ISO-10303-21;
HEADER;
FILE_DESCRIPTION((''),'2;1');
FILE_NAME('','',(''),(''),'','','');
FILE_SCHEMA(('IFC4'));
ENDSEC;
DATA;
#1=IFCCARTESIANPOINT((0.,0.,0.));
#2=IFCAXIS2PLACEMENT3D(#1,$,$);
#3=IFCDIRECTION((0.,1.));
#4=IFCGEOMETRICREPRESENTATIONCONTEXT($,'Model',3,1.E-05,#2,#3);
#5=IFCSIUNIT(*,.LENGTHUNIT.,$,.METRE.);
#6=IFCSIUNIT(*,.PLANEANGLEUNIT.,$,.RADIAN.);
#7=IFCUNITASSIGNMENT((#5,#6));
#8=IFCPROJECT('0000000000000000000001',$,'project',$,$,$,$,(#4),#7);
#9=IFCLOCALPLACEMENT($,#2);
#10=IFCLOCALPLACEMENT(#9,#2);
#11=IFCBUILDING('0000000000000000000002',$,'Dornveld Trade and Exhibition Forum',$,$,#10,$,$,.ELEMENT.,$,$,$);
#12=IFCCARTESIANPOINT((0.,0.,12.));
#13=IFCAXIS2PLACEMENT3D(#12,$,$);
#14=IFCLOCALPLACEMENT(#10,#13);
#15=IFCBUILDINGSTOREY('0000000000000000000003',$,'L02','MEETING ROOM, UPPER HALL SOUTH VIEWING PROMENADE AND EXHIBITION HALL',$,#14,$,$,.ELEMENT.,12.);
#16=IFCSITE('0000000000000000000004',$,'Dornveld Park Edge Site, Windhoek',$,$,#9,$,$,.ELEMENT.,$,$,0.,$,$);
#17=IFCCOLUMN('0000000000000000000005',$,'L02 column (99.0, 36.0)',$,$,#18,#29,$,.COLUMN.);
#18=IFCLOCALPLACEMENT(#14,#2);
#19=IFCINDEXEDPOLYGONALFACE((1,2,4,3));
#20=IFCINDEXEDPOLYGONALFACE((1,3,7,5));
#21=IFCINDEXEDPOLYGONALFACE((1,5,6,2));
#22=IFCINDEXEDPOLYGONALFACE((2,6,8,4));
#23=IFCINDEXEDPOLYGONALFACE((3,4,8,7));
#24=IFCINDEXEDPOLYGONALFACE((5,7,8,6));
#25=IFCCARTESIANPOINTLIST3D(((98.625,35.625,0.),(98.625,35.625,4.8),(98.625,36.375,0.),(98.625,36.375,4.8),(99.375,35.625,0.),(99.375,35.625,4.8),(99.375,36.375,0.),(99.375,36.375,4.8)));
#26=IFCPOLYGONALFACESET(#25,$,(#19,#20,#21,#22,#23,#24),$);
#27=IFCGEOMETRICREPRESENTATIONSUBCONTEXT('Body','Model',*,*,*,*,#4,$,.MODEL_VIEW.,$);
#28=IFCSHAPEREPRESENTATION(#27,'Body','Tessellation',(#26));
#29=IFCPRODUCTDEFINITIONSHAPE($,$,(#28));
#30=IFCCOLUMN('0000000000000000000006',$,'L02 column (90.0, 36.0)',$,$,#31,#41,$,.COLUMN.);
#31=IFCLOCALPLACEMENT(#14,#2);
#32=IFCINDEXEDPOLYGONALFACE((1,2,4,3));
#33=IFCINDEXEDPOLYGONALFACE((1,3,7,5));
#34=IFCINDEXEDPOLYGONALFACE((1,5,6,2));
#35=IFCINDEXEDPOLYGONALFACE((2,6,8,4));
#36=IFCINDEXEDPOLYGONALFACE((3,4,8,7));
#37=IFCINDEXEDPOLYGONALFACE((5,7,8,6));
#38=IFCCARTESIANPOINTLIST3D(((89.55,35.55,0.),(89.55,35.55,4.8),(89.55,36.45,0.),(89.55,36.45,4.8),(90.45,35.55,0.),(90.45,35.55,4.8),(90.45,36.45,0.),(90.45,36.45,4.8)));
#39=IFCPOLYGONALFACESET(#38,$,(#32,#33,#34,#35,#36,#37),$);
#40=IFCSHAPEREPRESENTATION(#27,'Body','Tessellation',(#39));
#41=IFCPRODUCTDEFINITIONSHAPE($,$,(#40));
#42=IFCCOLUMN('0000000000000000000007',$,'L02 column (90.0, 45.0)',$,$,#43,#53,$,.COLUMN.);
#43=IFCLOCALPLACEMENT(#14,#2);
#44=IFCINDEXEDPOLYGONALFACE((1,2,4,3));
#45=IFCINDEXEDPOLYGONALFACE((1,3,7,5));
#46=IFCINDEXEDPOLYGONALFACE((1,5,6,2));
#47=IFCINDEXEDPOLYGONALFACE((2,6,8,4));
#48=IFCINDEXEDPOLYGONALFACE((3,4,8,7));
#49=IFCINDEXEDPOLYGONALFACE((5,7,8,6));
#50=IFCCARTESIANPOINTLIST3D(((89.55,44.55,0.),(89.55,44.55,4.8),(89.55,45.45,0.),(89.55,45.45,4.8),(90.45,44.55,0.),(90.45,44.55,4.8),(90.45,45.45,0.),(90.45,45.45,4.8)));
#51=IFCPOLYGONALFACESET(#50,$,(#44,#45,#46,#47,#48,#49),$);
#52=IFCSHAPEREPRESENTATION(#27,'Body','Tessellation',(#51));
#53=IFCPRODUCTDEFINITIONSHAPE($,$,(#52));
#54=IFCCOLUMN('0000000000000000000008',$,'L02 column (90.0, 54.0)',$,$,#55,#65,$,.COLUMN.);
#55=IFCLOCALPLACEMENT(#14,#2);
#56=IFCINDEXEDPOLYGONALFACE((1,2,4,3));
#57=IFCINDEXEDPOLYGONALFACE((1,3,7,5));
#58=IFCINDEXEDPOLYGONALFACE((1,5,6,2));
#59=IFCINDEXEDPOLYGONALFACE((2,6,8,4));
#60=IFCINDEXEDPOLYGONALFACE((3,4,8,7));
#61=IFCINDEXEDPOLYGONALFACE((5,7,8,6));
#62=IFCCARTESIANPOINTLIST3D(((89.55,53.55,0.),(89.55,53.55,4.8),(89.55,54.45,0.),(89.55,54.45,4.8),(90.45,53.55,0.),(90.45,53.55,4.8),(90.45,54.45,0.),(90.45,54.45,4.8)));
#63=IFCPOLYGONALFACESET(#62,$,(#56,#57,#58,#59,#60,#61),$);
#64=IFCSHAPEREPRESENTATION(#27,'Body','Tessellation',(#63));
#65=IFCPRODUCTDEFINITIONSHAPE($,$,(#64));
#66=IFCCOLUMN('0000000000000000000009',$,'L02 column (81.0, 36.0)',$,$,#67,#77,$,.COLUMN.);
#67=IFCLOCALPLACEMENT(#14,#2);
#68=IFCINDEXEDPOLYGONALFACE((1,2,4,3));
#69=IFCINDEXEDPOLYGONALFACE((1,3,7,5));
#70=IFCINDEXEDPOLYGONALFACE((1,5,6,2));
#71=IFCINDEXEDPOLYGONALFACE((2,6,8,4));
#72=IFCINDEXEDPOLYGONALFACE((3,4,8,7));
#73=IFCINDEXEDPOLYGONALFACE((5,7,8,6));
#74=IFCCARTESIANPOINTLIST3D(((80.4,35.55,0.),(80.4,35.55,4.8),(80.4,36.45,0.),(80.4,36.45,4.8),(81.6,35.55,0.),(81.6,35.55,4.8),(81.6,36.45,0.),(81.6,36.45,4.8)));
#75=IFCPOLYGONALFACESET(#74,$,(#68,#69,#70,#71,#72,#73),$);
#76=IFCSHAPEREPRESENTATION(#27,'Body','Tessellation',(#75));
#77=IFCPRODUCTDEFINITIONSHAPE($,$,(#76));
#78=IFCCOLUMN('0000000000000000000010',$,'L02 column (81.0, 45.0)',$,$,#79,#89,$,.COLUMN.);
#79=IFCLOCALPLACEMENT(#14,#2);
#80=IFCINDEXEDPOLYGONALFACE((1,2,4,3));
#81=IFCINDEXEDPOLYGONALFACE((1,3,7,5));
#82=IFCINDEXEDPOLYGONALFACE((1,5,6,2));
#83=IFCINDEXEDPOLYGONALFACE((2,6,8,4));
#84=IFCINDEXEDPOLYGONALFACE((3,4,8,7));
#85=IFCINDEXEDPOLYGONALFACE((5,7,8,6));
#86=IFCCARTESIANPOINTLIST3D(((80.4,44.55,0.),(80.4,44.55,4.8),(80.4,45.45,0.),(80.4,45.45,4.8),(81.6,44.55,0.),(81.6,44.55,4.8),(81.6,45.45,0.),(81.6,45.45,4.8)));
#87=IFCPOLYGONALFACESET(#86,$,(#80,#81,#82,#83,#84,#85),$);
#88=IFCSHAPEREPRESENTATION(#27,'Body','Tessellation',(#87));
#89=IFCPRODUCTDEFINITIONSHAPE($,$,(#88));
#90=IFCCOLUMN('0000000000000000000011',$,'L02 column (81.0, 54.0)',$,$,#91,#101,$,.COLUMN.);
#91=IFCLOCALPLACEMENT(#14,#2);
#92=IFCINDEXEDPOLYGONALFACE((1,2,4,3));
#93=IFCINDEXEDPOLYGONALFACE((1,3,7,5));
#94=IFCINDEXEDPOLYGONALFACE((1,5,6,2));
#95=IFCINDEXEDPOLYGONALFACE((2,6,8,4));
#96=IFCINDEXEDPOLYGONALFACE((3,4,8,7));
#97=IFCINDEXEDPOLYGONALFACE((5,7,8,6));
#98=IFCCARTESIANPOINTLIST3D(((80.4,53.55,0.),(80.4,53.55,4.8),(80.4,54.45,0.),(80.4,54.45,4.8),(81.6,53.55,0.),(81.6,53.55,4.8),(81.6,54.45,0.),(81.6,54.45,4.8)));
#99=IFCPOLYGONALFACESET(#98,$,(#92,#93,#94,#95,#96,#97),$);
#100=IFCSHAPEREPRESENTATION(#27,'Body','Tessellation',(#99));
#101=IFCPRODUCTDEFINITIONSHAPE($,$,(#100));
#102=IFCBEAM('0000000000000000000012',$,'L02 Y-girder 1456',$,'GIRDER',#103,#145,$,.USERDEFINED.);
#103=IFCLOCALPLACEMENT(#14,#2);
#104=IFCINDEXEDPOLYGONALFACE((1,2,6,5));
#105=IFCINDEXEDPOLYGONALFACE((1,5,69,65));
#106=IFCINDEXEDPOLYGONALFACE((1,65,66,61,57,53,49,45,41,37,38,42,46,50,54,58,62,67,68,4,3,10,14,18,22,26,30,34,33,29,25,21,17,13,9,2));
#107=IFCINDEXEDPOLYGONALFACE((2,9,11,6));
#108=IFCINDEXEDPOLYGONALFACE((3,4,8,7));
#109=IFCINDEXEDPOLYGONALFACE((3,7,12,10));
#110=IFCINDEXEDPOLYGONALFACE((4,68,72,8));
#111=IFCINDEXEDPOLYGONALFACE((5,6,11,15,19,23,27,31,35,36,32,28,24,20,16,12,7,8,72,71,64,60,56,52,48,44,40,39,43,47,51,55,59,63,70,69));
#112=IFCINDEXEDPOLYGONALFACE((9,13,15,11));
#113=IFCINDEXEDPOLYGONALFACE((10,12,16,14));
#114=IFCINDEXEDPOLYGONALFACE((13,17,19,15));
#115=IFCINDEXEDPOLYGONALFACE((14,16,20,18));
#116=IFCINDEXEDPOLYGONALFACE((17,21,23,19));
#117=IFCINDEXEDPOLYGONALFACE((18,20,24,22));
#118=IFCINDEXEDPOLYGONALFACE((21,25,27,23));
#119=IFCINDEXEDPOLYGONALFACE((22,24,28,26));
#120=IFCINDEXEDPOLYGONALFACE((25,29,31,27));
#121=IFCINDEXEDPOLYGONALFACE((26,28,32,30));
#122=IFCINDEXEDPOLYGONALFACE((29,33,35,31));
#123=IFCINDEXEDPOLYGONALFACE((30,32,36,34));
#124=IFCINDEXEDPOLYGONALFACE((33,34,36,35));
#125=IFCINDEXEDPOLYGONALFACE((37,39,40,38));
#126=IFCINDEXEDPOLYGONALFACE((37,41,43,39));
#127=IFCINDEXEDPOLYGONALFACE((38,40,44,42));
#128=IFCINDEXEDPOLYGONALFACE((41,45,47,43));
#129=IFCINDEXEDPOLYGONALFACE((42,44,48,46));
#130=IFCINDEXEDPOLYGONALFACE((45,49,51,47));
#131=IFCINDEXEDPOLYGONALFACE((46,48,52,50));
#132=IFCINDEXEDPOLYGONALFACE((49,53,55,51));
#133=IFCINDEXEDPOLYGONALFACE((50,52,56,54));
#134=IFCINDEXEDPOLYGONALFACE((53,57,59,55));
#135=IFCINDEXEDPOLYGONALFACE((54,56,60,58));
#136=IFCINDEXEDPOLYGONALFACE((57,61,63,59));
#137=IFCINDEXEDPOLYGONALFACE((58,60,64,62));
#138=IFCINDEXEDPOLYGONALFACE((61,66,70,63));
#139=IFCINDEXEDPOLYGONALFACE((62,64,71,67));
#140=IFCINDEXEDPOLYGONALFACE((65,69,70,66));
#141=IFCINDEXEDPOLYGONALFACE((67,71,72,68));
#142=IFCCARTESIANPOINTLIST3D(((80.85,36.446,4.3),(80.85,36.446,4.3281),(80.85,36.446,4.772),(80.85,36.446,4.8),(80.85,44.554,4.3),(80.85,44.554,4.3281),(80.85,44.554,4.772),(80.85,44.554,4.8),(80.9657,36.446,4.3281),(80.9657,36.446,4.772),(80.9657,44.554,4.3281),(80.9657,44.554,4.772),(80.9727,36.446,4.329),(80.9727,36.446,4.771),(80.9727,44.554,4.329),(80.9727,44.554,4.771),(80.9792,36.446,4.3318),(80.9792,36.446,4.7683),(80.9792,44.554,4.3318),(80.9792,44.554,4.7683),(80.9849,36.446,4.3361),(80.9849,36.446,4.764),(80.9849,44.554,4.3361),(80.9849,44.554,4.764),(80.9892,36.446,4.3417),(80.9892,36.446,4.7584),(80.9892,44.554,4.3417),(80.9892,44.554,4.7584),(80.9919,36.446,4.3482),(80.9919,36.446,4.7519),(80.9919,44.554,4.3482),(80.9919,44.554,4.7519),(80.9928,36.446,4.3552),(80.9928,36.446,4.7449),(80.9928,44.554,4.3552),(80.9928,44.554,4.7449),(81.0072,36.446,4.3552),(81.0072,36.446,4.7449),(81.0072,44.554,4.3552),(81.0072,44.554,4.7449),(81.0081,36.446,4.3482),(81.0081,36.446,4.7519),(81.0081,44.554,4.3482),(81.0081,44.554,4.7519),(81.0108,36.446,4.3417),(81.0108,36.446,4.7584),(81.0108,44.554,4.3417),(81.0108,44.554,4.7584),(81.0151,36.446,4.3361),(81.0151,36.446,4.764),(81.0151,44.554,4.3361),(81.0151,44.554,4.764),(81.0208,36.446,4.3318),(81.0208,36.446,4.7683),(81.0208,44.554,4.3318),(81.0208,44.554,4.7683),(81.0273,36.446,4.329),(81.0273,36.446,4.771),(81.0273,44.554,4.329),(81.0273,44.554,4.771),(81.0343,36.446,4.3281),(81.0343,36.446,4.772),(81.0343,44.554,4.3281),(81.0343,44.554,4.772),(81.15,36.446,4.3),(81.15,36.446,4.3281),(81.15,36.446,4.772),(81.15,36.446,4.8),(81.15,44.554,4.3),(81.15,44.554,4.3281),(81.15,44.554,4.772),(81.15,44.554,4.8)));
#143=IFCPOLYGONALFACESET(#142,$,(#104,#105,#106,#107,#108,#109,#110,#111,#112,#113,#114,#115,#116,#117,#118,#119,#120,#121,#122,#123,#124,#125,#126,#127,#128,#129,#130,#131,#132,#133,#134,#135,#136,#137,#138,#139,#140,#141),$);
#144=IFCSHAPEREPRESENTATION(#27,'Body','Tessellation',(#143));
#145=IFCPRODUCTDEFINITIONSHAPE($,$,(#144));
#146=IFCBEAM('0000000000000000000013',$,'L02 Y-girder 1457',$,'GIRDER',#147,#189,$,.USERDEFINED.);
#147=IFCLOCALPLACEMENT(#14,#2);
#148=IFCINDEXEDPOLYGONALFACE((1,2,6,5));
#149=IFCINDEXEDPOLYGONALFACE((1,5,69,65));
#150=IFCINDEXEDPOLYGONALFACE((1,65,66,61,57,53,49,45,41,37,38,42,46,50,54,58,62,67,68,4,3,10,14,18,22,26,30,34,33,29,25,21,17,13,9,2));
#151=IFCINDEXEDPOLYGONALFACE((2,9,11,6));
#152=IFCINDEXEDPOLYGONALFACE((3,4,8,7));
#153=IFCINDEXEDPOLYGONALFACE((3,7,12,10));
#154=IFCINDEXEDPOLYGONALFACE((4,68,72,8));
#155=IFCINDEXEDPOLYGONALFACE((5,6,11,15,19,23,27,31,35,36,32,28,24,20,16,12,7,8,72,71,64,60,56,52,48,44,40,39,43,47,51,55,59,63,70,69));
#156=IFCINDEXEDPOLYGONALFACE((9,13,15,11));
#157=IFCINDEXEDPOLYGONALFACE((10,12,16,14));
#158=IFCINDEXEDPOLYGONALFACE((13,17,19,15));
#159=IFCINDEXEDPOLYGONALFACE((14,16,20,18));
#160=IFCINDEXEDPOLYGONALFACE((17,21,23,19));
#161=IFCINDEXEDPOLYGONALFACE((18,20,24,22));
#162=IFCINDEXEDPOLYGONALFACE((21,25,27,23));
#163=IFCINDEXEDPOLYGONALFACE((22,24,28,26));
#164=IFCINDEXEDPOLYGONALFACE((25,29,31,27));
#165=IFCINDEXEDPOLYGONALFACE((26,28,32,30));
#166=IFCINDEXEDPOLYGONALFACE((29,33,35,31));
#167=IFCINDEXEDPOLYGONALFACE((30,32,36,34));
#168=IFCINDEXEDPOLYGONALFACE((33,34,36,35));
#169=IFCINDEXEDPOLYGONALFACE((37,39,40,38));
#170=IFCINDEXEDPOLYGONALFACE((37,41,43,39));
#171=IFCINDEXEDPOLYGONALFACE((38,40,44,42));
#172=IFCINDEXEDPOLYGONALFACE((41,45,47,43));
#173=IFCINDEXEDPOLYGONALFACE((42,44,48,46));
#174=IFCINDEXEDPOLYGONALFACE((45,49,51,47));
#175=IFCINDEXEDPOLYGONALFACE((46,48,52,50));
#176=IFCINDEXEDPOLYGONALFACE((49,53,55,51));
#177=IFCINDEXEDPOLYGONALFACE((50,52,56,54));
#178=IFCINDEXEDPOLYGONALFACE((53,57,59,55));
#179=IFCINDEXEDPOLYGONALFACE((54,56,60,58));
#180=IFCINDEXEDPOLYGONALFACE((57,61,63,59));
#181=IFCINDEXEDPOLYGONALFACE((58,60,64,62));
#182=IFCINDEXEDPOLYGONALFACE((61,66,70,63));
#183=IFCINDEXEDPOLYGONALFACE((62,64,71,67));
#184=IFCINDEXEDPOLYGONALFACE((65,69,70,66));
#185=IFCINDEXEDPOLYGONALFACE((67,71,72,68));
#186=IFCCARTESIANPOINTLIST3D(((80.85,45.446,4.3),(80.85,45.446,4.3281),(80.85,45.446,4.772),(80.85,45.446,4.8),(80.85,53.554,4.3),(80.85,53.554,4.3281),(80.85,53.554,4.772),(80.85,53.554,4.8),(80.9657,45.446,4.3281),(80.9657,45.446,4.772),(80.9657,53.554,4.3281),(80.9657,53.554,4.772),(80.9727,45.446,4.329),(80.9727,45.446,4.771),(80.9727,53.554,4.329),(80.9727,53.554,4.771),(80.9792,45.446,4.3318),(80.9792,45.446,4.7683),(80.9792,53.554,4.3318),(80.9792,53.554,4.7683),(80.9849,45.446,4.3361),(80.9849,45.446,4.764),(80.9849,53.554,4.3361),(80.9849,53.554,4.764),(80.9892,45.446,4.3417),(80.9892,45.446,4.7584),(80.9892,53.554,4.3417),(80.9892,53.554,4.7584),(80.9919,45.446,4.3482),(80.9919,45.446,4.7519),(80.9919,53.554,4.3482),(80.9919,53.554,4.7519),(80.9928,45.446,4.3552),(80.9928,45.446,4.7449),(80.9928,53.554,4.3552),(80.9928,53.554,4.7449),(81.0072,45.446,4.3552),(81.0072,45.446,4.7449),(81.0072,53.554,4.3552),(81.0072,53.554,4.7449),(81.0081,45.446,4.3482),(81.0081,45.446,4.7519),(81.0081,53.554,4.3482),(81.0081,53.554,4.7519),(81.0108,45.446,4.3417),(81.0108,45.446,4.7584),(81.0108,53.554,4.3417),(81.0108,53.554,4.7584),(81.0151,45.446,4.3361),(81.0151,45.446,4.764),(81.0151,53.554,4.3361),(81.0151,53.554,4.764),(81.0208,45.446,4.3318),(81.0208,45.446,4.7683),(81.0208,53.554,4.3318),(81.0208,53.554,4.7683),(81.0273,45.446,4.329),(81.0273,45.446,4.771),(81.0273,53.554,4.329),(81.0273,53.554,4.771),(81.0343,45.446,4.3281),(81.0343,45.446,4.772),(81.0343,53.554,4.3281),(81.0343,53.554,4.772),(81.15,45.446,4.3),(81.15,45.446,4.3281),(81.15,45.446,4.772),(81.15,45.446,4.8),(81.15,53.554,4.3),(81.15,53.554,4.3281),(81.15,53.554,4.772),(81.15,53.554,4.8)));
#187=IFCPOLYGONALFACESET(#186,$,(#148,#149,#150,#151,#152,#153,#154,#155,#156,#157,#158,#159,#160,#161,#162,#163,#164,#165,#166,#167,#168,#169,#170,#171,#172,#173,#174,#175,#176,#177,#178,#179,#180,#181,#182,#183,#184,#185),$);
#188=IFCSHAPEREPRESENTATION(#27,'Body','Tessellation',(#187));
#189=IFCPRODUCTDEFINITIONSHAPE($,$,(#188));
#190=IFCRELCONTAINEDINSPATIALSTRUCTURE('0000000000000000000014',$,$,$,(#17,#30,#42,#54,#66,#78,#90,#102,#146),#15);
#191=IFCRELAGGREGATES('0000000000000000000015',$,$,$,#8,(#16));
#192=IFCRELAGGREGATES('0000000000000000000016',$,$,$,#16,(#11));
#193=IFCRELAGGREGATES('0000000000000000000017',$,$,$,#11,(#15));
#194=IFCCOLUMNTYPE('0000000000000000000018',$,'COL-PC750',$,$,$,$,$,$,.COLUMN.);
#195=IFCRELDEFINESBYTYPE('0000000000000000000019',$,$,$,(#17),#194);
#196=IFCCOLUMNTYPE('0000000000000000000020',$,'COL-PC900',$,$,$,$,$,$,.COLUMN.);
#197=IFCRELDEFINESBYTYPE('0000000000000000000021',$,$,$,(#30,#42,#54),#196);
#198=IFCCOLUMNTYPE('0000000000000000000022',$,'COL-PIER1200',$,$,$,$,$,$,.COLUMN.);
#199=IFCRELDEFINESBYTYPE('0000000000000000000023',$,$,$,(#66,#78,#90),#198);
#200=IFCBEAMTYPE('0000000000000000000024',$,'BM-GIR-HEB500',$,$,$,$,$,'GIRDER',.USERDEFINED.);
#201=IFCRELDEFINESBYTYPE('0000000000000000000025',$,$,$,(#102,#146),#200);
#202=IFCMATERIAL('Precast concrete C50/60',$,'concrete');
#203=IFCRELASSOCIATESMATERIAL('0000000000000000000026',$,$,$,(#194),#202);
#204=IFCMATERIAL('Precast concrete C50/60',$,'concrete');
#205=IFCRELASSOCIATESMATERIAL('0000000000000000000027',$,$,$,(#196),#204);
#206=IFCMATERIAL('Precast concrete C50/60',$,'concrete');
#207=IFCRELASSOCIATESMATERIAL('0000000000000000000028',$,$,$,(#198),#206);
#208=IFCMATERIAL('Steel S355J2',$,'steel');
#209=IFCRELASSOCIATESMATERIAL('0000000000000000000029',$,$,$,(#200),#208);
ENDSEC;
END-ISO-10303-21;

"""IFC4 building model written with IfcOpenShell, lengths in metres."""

from ifc_helpers import new_model, si_unit, direction, frame, origin, origin_2d, place, context, subcontext, project, spatial, rectangle, i_section, extrude, material, material_profile, profile_set, type_object, element, save


model = new_model("IFC4")

# Units and contexts
model_context = context("Model", 3, precision=1e-05, world=origin(), true_north=direction((0.0, 1.0)))
body_context = subcontext(model_context, "Body", "Model", "MODEL_VIEW")
ifc_project = project(units=[si_unit("LENGTHUNIT", "METRE"), si_unit("PLANEANGLEUNIT", "RADIAN")], contexts=[model_context])

# Site, building, storey
site_placement = place(None, origin())
site = spatial("IfcSite", under=ifc_project, at=site_placement, Name="Dornveld Park Edge Site, Windhoek", CompositionType="ELEMENT", RefElevation=0.0)
building_placement = place(site_placement, origin())
building = spatial("IfcBuilding", under=site, at=building_placement, Name="Dornveld Trade and Exhibition Forum", CompositionType="ELEMENT")
storey_placement = place(building_placement, frame((0.0, 0.0, 12.0)))
storey = spatial("IfcBuildingStorey", under=building, at=storey_placement, Name="L02", Description="MEETING ROOM, UPPER HALL SOUTH VIEWING PROMENADE AND EXHIBITION HALL", CompositionType="ELEMENT", Elevation=12.0)

# Columns
ifc_material_1 = material(Name="Precast concrete C50/60", Category="concrete")
ifc_material_profile_1 = material_profile(ifc_material_1, rectangle(XDim=0.75, YDim=0.75, at=origin_2d()), Name="PC-COL 750x750")
ifc_profile_set_1 = profile_set([ifc_material_profile_1], Name="Precast concrete C50/60")
column_type_1 = type_object("IfcColumnType", Name="COL-PC750", PredefinedType="COLUMN", material=ifc_profile_set_1)
column_placement = place(storey_placement, frame((99.0, 36.0, 0.0), z_axis=(0.0, 0.0, 1.0), x_axis=(1.0, 0.0, 0.0)))
element("IfcColumn", 1, at=column_placement, inside=storey, type_object=column_type_1, Name="L02 column (99.0, 36.0)", PredefinedType="COLUMN", context=body_context, shape_type="SweptSolid", body=[
    extrude(rectangle(XDim=0.75, YDim=0.75, at=origin_2d()), origin(), (0.0, 0.0, 1.0), 4.8),
])
ifc_material_2 = material(Name="Precast concrete C50/60", Category="concrete")
ifc_material_profile_2 = material_profile(ifc_material_2, rectangle(XDim=0.8999, YDim=0.8999, at=origin_2d()), Name="PC-COL 900x900")
ifc_profile_set_2 = profile_set([ifc_material_profile_2], Name="Precast concrete C50/60")
column_type_2 = type_object("IfcColumnType", Name="COL-PC900", PredefinedType="COLUMN", material=ifc_profile_set_2)
for number, where, z_axis, x_axis, name in (
    (2, (90.0, 36.0, 0.0), (0.0, 0.0, 1.0), (1.0, 0.0, 0.0), "L02 column (90.0, 36.0)"),
    (3, (90.0, 45.0, 0.0), (0.0, 0.0, 1.0), (1.0, 0.0, 0.0), "L02 column (90.0, 45.0)"),
    (4, (90.0, 54.0, 0.0), (0.0, 0.0, 1.0), (1.0, 0.0, 0.0), "L02 column (90.0, 54.0)"),
):
    element("IfcColumn", number, at=place(storey_placement, frame(where, z_axis=z_axis, x_axis=x_axis)), inside=storey, type_object=column_type_2, Name=name, PredefinedType="COLUMN", context=body_context, shape_type="SweptSolid", body=[
        extrude(rectangle(XDim=0.8999, YDim=0.8999, at=origin_2d()), origin(), (0.0, 0.0, 1.0), 4.8),
    ])
ifc_material_3 = material(Name="Precast concrete C50/60", Category="concrete")
ifc_material_profile_3 = material_profile(ifc_material_3, rectangle(XDim=1.2, YDim=0.8999, at=origin_2d()), Name="PC-PIER 1200x900")
ifc_profile_set_3 = profile_set([ifc_material_profile_3], Name="Precast concrete C50/60")
column_type_3 = type_object("IfcColumnType", Name="COL-PIER1200", PredefinedType="COLUMN", material=ifc_profile_set_3)
for number, where, z_axis, x_axis, name in (
    (5, (81.0, 36.0, 0.0), (0.0, 0.0, 1.0), (1.0, 0.0, 0.0), "L02 column (81.0, 36.0)"),
    (6, (81.0, 45.0, 0.0), (0.0, 0.0, 1.0), (1.0, 0.0, 0.0), "L02 column (81.0, 45.0)"),
    (7, (81.0, 54.0, 0.0), (0.0, 0.0, 1.0), (1.0, 0.0, 0.0), "L02 column (81.0, 54.0)"),
):
    element("IfcColumn", number, at=place(storey_placement, frame(where, z_axis=z_axis, x_axis=x_axis)), inside=storey, type_object=column_type_3, Name=name, PredefinedType="COLUMN", context=body_context, shape_type="SweptSolid", body=[
        extrude(rectangle(XDim=1.2, YDim=0.8999, at=origin_2d()), origin(), (0.0, 0.0, 1.0), 4.8),
    ])

# Beams
ifc_material_4 = material(Name="Steel S355J2", Category="steel")
ifc_material_profile_4 = material_profile(ifc_material_4, i_section(OverallWidth=0.3, OverallDepth=0.5, WebThickness=0.0144, FlangeThickness=0.0281, FilletRadius=0.0271, at=origin_2d()), Name="HEB 500")
ifc_profile_set_4 = profile_set([ifc_material_profile_4], Name="Steel S355J2")
beam_type_1 = type_object("IfcBeamType", Name="BM-GIR-HEB500", ElementType="GIRDER", PredefinedType="USERDEFINED", material=ifc_profile_set_4)
for number, where, z_axis, x_axis, name in (
    (8, (81.0, 36.446, 4.55), (0.0, 1.0, 0.0), (-1.0, 0.0, 0.0), "L02 Y-girder 1456"),
    (9, (81.0, 45.446, 4.55), (0.0, 1.0, 0.0), (-1.0, 0.0, 0.0), "L02 Y-girder 1457"),
):
    element("IfcBeam", number, at=place(storey_placement, frame(where, z_axis=z_axis, x_axis=x_axis)), inside=storey, type_object=beam_type_1, Name=name, ObjectType="GIRDER", PredefinedType="USERDEFINED", context=body_context, shape_type="SweptSolid", body=[
        extrude(i_section(OverallWidth=0.3, OverallDepth=0.5, WebThickness=0.0144, FlangeThickness=0.0281, FilletRadius=0.0271, at=origin_2d()), origin(), (0.0, 0.0, 1.0), 8.1079),
    ])

save(model, "model.ifc")
